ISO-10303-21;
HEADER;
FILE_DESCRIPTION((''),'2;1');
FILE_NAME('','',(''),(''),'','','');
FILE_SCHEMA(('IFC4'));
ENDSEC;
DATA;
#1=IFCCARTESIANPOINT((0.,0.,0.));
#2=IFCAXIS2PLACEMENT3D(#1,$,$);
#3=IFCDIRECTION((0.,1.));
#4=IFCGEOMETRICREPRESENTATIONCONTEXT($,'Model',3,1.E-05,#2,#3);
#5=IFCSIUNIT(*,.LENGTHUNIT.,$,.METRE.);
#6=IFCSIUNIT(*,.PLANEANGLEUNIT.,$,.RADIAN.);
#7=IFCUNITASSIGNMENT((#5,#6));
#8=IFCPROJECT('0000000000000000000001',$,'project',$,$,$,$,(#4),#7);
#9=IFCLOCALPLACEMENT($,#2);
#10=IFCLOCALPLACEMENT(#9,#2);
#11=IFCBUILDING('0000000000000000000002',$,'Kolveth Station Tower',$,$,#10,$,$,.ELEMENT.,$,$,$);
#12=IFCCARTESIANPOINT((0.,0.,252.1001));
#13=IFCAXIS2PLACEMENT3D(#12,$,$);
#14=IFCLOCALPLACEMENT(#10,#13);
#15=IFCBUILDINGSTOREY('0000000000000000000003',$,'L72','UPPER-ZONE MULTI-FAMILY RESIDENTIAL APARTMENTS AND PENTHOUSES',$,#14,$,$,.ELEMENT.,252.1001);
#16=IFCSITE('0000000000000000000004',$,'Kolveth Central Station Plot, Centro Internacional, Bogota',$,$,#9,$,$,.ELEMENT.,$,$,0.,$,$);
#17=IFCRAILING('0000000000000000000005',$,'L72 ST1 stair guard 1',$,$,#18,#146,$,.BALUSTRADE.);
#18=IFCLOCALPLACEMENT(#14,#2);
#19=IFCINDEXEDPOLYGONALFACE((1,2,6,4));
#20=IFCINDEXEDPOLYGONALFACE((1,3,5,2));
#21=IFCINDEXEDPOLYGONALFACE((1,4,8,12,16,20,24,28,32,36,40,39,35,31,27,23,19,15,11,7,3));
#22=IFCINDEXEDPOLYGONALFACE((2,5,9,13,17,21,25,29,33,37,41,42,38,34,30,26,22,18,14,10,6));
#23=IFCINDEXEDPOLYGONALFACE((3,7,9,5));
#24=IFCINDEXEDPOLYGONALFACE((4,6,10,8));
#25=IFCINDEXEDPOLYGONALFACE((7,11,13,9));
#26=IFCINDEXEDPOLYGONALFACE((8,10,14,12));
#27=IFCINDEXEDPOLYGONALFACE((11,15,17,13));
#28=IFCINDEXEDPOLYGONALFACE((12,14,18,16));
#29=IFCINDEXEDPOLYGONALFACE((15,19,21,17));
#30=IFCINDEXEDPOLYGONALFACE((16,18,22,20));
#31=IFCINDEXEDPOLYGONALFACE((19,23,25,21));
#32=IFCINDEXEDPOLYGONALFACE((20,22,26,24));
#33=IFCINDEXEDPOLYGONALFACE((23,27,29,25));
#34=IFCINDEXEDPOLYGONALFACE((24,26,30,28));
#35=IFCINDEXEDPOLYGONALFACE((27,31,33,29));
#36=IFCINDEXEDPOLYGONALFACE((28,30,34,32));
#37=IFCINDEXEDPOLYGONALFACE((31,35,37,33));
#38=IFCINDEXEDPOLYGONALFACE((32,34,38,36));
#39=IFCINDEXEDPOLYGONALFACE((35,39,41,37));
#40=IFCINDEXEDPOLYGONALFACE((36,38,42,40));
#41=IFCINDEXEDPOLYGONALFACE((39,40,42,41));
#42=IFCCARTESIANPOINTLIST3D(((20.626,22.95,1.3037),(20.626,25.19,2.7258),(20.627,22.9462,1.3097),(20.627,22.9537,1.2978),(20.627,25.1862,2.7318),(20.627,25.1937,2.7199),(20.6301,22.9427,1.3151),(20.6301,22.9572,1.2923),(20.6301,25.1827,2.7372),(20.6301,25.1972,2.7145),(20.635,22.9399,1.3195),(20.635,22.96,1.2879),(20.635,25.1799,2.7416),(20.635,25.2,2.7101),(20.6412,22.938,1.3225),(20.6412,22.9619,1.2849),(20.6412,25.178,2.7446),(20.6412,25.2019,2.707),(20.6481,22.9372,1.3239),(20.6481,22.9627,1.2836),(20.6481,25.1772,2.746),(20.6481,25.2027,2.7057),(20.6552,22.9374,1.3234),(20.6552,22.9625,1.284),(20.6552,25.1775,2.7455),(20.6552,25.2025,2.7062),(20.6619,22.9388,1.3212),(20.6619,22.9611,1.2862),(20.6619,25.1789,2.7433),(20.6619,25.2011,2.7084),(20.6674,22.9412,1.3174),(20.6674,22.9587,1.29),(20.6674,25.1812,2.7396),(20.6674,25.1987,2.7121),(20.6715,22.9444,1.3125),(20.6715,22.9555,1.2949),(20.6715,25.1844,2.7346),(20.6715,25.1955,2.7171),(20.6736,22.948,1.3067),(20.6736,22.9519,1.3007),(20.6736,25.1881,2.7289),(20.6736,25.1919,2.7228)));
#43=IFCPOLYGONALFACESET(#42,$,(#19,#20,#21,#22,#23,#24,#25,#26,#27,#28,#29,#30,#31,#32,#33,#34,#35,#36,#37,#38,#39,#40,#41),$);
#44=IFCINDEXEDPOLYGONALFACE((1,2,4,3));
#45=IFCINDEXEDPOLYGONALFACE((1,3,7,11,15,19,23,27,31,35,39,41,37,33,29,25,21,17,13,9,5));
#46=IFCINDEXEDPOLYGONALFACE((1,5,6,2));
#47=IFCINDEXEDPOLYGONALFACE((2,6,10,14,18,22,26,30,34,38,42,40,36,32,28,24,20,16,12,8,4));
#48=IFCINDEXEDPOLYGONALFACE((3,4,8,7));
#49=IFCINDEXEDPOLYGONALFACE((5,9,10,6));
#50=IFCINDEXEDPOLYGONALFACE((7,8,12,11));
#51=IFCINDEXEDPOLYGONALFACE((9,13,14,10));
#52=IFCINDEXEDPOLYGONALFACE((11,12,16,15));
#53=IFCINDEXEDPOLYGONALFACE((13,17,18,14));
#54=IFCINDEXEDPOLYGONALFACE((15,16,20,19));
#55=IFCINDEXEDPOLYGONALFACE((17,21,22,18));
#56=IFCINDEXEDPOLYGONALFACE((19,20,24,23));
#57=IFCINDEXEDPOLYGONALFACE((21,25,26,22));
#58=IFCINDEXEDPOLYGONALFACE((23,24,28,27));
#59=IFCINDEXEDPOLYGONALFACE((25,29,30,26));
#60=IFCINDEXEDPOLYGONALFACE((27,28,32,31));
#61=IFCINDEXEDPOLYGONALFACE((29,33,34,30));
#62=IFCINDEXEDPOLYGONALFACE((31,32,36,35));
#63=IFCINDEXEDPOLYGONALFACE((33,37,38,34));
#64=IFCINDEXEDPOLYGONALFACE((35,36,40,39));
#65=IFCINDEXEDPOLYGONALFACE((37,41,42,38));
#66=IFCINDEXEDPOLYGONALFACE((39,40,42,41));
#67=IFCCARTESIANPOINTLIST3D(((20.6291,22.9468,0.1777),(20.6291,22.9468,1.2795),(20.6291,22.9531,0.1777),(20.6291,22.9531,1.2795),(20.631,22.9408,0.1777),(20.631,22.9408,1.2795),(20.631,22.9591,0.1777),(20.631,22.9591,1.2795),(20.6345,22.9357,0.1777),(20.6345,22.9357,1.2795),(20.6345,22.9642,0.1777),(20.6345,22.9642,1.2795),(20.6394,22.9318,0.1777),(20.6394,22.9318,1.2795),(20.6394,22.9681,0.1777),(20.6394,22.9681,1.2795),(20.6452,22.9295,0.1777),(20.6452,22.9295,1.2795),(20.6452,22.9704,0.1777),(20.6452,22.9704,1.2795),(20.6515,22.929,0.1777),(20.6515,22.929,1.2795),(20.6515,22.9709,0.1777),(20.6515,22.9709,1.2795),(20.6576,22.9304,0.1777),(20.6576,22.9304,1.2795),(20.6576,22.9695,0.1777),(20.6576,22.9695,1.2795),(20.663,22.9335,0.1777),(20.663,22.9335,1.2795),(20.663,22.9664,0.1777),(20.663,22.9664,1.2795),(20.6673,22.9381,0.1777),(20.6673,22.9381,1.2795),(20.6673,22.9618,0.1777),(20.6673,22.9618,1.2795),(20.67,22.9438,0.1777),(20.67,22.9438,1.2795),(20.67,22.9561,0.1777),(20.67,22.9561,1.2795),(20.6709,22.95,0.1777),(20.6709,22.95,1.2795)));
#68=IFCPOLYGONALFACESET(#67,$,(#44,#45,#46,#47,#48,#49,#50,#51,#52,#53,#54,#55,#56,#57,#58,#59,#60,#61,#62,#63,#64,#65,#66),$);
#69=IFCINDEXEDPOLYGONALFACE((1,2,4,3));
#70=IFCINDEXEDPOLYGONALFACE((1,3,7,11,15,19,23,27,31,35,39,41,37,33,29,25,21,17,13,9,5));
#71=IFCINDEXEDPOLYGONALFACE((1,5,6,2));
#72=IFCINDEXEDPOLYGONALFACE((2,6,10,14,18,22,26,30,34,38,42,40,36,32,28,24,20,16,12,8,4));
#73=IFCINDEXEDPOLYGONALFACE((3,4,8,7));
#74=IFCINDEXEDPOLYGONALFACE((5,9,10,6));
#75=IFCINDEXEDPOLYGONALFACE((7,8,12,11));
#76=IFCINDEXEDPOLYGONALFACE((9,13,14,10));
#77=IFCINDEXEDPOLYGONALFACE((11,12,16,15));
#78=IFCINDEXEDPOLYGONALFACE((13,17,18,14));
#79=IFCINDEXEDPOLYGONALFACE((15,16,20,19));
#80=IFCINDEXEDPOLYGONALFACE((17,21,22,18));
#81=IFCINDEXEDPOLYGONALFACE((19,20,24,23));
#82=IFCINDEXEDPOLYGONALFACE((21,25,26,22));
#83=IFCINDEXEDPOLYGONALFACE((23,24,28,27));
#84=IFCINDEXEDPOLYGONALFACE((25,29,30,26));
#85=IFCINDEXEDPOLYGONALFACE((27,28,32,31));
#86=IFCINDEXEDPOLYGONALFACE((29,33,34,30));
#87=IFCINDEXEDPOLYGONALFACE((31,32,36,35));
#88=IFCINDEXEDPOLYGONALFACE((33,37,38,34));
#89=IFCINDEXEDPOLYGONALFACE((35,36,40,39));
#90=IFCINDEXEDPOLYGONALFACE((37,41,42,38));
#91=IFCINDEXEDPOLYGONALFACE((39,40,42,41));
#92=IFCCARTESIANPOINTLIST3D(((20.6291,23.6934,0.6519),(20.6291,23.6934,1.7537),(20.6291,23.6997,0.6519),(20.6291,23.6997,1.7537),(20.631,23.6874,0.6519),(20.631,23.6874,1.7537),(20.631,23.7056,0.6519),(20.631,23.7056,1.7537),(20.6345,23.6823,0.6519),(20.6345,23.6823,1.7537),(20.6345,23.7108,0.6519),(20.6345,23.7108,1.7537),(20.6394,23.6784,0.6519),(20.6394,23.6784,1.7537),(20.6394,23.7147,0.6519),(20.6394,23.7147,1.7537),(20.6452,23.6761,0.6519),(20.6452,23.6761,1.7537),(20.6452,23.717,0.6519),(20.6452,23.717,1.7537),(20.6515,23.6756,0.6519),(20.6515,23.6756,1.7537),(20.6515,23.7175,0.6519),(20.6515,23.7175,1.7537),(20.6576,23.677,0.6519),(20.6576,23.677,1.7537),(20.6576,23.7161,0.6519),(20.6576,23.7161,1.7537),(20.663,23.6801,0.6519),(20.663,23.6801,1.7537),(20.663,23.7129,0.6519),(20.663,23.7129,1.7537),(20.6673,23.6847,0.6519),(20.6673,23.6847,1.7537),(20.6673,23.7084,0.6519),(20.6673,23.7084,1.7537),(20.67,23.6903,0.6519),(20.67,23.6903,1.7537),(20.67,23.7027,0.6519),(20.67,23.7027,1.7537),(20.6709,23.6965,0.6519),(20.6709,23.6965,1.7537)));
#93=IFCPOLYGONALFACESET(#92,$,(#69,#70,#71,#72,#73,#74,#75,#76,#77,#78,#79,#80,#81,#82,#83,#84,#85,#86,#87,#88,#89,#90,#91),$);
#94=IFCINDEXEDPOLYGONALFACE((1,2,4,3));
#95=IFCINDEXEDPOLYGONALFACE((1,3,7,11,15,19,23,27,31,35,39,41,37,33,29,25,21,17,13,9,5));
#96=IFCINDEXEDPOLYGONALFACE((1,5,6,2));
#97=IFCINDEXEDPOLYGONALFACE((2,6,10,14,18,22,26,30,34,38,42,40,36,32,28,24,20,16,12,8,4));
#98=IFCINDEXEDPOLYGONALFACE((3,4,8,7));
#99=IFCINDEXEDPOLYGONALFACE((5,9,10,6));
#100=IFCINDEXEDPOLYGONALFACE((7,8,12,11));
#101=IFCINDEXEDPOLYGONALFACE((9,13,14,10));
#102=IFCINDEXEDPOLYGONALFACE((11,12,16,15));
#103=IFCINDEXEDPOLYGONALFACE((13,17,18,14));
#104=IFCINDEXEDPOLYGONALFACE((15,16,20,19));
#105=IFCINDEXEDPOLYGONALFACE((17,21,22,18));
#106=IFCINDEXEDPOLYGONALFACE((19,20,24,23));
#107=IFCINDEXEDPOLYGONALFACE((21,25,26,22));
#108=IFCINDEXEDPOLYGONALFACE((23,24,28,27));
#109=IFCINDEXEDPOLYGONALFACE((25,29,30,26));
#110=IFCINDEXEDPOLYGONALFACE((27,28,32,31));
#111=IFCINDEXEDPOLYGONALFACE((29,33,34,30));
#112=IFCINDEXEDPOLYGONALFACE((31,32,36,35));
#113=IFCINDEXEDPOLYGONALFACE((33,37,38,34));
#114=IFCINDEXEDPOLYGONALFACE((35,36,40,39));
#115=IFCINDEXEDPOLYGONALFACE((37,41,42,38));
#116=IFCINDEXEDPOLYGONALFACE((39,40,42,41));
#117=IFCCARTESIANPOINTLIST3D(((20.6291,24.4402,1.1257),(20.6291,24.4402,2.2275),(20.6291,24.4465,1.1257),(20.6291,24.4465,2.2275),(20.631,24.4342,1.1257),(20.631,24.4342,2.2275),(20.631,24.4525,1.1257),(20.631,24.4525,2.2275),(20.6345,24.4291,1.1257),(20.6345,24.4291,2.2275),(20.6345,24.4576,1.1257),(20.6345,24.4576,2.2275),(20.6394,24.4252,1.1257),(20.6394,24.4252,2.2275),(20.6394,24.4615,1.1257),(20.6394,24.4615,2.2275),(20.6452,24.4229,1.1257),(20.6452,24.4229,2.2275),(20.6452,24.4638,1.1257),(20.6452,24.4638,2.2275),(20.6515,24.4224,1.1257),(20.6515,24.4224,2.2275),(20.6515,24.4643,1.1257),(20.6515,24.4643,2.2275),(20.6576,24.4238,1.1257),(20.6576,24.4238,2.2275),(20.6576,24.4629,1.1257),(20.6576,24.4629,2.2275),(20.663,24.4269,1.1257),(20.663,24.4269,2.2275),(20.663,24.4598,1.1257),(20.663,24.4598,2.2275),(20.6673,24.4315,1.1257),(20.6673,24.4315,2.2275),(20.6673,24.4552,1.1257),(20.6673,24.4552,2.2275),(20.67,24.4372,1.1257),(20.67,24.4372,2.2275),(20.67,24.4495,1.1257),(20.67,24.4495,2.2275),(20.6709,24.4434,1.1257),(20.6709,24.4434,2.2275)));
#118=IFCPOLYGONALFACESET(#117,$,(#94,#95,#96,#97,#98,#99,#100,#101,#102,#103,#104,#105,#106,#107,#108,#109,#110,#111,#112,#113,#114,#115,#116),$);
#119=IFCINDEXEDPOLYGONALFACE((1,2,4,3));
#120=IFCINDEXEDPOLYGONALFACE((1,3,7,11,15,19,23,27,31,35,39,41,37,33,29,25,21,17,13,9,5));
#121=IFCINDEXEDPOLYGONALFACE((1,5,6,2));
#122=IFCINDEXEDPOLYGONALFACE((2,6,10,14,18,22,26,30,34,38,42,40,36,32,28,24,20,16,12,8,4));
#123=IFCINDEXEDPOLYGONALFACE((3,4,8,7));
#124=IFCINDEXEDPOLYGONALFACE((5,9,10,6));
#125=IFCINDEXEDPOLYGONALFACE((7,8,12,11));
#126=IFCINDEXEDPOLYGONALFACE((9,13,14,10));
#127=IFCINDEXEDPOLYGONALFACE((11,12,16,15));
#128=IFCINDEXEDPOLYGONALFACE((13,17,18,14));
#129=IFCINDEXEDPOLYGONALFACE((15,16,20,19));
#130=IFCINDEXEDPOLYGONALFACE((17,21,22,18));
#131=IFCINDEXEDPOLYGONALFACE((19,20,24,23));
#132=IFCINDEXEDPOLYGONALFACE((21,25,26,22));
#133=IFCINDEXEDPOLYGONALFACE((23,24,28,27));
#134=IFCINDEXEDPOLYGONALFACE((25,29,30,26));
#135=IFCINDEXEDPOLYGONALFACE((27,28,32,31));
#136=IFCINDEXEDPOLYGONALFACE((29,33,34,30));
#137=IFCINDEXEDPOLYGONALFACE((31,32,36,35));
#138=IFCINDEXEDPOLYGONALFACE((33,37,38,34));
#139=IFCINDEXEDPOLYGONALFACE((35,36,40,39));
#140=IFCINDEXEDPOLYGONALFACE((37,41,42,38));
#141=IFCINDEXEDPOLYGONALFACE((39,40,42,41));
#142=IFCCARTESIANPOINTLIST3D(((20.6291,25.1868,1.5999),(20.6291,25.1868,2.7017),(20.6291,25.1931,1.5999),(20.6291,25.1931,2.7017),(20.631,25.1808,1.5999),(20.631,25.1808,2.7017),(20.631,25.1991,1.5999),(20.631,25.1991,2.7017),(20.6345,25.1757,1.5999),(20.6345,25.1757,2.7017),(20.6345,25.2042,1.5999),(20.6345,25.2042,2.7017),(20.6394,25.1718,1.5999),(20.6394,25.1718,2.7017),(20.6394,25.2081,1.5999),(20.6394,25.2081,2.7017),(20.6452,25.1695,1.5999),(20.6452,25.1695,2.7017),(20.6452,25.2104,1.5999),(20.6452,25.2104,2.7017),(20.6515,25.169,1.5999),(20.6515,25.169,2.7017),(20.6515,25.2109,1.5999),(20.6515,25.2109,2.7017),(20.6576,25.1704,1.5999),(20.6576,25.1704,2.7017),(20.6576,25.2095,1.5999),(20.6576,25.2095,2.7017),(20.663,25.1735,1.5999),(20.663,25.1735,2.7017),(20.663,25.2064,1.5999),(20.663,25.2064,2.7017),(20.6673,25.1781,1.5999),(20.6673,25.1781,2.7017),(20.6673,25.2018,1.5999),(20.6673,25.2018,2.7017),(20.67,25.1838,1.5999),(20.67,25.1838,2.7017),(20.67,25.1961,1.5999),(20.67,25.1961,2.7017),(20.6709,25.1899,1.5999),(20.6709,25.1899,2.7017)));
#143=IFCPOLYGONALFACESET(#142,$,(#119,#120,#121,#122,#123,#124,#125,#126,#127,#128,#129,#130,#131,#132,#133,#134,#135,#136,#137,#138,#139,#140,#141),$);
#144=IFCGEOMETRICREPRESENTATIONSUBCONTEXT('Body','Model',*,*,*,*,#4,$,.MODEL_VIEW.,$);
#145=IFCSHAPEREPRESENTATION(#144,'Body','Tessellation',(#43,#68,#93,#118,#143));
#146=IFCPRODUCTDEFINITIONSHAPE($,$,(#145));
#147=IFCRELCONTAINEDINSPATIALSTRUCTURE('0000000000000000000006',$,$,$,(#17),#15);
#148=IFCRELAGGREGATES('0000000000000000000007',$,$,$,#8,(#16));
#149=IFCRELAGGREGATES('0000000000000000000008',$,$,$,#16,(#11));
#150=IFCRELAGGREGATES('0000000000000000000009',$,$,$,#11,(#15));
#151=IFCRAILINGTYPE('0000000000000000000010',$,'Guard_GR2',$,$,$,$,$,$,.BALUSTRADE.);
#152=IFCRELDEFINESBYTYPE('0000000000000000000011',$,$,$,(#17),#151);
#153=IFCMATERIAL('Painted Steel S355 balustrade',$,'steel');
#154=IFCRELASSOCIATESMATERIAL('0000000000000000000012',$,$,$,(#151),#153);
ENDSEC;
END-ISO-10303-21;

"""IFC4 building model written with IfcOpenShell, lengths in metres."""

from ifc_helpers import new_model, si_unit, direction, frame, origin, origin_2d, place, context, subcontext, project, spatial, circle, extrude, material, type_object, element, save


model = new_model("IFC4")

# Units and contexts
model_context = context("Model", 3, precision=1e-05, world=origin(), true_north=direction((0.0, 1.0)))
body_context = subcontext(model_context, "Body", "Model", "MODEL_VIEW")
ifc_project = project(units=[si_unit("LENGTHUNIT", "METRE"), si_unit("PLANEANGLEUNIT", "RADIAN")], contexts=[model_context])

# Site, building, storey
site_placement = place(None, origin())
site = spatial("IfcSite", under=ifc_project, at=site_placement, Name="Kolveth Central Station Plot, Centro Internacional, Bogota", CompositionType="ELEMENT", RefElevation=0.0)
building_placement = place(site_placement, origin())
building = spatial("IfcBuilding", under=site, at=building_placement, Name="Kolveth Station Tower", CompositionType="ELEMENT")
storey_placement = place(building_placement, frame((0.0, 0.0, 252.1001)))
storey = spatial("IfcBuildingStorey", under=building, at=storey_placement, Name="L72", Description="UPPER-ZONE MULTI-FAMILY RESIDENTIAL APARTMENTS AND PENTHOUSES", CompositionType="ELEMENT", Elevation=252.1001)

# Railing
ifc_material_1 = material(Name="Painted Steel S355 balustrade", Category="steel")
railing_type_1 = type_object("IfcRailingType", Name="Guard_GR2", PredefinedType="BALUSTRADE", material=ifc_material_1)
railing_1_placement = place(storey_placement, frame((20.6499, 22.95, 0.1777)))
element("IfcRailing", 1, at=railing_1_placement, inside=storey, type_object=railing_type_1, Name="L72 ST1 stair guard 1", PredefinedType="BALUSTRADE", context=body_context, shape_type="SweptSolid", body=[
    extrude(circle(Radius=0.0239, at=origin_2d()), frame((0.0, 0.0, 1.126), z_axis=(0.0, 0.844229, 0.535982), x_axis=(-1.0, 0.0, 0.0)), (0.0, 0.0, 1.0), 2.6533),
    extrude(circle(Radius=0.021, at=origin_2d()), origin(), (0.0, 0.0, 1.0), 1.1018),
    extrude(circle(Radius=0.021, at=origin_2d()), frame((0.0, 0.7466, 0.4741)), (0.0, 0.0, 1.0), 1.1018),
    extrude(circle(Radius=0.021, at=origin_2d()), frame((0.0, 1.4934, 0.948)), (0.0, 0.0, 1.0), 1.1018),
    extrude(circle(Radius=0.021, at=origin_2d()), frame((0.0, 2.24, 1.4221)), (0.0, 0.0, 1.0), 1.1018),
])

save(model, "model.ifc")
